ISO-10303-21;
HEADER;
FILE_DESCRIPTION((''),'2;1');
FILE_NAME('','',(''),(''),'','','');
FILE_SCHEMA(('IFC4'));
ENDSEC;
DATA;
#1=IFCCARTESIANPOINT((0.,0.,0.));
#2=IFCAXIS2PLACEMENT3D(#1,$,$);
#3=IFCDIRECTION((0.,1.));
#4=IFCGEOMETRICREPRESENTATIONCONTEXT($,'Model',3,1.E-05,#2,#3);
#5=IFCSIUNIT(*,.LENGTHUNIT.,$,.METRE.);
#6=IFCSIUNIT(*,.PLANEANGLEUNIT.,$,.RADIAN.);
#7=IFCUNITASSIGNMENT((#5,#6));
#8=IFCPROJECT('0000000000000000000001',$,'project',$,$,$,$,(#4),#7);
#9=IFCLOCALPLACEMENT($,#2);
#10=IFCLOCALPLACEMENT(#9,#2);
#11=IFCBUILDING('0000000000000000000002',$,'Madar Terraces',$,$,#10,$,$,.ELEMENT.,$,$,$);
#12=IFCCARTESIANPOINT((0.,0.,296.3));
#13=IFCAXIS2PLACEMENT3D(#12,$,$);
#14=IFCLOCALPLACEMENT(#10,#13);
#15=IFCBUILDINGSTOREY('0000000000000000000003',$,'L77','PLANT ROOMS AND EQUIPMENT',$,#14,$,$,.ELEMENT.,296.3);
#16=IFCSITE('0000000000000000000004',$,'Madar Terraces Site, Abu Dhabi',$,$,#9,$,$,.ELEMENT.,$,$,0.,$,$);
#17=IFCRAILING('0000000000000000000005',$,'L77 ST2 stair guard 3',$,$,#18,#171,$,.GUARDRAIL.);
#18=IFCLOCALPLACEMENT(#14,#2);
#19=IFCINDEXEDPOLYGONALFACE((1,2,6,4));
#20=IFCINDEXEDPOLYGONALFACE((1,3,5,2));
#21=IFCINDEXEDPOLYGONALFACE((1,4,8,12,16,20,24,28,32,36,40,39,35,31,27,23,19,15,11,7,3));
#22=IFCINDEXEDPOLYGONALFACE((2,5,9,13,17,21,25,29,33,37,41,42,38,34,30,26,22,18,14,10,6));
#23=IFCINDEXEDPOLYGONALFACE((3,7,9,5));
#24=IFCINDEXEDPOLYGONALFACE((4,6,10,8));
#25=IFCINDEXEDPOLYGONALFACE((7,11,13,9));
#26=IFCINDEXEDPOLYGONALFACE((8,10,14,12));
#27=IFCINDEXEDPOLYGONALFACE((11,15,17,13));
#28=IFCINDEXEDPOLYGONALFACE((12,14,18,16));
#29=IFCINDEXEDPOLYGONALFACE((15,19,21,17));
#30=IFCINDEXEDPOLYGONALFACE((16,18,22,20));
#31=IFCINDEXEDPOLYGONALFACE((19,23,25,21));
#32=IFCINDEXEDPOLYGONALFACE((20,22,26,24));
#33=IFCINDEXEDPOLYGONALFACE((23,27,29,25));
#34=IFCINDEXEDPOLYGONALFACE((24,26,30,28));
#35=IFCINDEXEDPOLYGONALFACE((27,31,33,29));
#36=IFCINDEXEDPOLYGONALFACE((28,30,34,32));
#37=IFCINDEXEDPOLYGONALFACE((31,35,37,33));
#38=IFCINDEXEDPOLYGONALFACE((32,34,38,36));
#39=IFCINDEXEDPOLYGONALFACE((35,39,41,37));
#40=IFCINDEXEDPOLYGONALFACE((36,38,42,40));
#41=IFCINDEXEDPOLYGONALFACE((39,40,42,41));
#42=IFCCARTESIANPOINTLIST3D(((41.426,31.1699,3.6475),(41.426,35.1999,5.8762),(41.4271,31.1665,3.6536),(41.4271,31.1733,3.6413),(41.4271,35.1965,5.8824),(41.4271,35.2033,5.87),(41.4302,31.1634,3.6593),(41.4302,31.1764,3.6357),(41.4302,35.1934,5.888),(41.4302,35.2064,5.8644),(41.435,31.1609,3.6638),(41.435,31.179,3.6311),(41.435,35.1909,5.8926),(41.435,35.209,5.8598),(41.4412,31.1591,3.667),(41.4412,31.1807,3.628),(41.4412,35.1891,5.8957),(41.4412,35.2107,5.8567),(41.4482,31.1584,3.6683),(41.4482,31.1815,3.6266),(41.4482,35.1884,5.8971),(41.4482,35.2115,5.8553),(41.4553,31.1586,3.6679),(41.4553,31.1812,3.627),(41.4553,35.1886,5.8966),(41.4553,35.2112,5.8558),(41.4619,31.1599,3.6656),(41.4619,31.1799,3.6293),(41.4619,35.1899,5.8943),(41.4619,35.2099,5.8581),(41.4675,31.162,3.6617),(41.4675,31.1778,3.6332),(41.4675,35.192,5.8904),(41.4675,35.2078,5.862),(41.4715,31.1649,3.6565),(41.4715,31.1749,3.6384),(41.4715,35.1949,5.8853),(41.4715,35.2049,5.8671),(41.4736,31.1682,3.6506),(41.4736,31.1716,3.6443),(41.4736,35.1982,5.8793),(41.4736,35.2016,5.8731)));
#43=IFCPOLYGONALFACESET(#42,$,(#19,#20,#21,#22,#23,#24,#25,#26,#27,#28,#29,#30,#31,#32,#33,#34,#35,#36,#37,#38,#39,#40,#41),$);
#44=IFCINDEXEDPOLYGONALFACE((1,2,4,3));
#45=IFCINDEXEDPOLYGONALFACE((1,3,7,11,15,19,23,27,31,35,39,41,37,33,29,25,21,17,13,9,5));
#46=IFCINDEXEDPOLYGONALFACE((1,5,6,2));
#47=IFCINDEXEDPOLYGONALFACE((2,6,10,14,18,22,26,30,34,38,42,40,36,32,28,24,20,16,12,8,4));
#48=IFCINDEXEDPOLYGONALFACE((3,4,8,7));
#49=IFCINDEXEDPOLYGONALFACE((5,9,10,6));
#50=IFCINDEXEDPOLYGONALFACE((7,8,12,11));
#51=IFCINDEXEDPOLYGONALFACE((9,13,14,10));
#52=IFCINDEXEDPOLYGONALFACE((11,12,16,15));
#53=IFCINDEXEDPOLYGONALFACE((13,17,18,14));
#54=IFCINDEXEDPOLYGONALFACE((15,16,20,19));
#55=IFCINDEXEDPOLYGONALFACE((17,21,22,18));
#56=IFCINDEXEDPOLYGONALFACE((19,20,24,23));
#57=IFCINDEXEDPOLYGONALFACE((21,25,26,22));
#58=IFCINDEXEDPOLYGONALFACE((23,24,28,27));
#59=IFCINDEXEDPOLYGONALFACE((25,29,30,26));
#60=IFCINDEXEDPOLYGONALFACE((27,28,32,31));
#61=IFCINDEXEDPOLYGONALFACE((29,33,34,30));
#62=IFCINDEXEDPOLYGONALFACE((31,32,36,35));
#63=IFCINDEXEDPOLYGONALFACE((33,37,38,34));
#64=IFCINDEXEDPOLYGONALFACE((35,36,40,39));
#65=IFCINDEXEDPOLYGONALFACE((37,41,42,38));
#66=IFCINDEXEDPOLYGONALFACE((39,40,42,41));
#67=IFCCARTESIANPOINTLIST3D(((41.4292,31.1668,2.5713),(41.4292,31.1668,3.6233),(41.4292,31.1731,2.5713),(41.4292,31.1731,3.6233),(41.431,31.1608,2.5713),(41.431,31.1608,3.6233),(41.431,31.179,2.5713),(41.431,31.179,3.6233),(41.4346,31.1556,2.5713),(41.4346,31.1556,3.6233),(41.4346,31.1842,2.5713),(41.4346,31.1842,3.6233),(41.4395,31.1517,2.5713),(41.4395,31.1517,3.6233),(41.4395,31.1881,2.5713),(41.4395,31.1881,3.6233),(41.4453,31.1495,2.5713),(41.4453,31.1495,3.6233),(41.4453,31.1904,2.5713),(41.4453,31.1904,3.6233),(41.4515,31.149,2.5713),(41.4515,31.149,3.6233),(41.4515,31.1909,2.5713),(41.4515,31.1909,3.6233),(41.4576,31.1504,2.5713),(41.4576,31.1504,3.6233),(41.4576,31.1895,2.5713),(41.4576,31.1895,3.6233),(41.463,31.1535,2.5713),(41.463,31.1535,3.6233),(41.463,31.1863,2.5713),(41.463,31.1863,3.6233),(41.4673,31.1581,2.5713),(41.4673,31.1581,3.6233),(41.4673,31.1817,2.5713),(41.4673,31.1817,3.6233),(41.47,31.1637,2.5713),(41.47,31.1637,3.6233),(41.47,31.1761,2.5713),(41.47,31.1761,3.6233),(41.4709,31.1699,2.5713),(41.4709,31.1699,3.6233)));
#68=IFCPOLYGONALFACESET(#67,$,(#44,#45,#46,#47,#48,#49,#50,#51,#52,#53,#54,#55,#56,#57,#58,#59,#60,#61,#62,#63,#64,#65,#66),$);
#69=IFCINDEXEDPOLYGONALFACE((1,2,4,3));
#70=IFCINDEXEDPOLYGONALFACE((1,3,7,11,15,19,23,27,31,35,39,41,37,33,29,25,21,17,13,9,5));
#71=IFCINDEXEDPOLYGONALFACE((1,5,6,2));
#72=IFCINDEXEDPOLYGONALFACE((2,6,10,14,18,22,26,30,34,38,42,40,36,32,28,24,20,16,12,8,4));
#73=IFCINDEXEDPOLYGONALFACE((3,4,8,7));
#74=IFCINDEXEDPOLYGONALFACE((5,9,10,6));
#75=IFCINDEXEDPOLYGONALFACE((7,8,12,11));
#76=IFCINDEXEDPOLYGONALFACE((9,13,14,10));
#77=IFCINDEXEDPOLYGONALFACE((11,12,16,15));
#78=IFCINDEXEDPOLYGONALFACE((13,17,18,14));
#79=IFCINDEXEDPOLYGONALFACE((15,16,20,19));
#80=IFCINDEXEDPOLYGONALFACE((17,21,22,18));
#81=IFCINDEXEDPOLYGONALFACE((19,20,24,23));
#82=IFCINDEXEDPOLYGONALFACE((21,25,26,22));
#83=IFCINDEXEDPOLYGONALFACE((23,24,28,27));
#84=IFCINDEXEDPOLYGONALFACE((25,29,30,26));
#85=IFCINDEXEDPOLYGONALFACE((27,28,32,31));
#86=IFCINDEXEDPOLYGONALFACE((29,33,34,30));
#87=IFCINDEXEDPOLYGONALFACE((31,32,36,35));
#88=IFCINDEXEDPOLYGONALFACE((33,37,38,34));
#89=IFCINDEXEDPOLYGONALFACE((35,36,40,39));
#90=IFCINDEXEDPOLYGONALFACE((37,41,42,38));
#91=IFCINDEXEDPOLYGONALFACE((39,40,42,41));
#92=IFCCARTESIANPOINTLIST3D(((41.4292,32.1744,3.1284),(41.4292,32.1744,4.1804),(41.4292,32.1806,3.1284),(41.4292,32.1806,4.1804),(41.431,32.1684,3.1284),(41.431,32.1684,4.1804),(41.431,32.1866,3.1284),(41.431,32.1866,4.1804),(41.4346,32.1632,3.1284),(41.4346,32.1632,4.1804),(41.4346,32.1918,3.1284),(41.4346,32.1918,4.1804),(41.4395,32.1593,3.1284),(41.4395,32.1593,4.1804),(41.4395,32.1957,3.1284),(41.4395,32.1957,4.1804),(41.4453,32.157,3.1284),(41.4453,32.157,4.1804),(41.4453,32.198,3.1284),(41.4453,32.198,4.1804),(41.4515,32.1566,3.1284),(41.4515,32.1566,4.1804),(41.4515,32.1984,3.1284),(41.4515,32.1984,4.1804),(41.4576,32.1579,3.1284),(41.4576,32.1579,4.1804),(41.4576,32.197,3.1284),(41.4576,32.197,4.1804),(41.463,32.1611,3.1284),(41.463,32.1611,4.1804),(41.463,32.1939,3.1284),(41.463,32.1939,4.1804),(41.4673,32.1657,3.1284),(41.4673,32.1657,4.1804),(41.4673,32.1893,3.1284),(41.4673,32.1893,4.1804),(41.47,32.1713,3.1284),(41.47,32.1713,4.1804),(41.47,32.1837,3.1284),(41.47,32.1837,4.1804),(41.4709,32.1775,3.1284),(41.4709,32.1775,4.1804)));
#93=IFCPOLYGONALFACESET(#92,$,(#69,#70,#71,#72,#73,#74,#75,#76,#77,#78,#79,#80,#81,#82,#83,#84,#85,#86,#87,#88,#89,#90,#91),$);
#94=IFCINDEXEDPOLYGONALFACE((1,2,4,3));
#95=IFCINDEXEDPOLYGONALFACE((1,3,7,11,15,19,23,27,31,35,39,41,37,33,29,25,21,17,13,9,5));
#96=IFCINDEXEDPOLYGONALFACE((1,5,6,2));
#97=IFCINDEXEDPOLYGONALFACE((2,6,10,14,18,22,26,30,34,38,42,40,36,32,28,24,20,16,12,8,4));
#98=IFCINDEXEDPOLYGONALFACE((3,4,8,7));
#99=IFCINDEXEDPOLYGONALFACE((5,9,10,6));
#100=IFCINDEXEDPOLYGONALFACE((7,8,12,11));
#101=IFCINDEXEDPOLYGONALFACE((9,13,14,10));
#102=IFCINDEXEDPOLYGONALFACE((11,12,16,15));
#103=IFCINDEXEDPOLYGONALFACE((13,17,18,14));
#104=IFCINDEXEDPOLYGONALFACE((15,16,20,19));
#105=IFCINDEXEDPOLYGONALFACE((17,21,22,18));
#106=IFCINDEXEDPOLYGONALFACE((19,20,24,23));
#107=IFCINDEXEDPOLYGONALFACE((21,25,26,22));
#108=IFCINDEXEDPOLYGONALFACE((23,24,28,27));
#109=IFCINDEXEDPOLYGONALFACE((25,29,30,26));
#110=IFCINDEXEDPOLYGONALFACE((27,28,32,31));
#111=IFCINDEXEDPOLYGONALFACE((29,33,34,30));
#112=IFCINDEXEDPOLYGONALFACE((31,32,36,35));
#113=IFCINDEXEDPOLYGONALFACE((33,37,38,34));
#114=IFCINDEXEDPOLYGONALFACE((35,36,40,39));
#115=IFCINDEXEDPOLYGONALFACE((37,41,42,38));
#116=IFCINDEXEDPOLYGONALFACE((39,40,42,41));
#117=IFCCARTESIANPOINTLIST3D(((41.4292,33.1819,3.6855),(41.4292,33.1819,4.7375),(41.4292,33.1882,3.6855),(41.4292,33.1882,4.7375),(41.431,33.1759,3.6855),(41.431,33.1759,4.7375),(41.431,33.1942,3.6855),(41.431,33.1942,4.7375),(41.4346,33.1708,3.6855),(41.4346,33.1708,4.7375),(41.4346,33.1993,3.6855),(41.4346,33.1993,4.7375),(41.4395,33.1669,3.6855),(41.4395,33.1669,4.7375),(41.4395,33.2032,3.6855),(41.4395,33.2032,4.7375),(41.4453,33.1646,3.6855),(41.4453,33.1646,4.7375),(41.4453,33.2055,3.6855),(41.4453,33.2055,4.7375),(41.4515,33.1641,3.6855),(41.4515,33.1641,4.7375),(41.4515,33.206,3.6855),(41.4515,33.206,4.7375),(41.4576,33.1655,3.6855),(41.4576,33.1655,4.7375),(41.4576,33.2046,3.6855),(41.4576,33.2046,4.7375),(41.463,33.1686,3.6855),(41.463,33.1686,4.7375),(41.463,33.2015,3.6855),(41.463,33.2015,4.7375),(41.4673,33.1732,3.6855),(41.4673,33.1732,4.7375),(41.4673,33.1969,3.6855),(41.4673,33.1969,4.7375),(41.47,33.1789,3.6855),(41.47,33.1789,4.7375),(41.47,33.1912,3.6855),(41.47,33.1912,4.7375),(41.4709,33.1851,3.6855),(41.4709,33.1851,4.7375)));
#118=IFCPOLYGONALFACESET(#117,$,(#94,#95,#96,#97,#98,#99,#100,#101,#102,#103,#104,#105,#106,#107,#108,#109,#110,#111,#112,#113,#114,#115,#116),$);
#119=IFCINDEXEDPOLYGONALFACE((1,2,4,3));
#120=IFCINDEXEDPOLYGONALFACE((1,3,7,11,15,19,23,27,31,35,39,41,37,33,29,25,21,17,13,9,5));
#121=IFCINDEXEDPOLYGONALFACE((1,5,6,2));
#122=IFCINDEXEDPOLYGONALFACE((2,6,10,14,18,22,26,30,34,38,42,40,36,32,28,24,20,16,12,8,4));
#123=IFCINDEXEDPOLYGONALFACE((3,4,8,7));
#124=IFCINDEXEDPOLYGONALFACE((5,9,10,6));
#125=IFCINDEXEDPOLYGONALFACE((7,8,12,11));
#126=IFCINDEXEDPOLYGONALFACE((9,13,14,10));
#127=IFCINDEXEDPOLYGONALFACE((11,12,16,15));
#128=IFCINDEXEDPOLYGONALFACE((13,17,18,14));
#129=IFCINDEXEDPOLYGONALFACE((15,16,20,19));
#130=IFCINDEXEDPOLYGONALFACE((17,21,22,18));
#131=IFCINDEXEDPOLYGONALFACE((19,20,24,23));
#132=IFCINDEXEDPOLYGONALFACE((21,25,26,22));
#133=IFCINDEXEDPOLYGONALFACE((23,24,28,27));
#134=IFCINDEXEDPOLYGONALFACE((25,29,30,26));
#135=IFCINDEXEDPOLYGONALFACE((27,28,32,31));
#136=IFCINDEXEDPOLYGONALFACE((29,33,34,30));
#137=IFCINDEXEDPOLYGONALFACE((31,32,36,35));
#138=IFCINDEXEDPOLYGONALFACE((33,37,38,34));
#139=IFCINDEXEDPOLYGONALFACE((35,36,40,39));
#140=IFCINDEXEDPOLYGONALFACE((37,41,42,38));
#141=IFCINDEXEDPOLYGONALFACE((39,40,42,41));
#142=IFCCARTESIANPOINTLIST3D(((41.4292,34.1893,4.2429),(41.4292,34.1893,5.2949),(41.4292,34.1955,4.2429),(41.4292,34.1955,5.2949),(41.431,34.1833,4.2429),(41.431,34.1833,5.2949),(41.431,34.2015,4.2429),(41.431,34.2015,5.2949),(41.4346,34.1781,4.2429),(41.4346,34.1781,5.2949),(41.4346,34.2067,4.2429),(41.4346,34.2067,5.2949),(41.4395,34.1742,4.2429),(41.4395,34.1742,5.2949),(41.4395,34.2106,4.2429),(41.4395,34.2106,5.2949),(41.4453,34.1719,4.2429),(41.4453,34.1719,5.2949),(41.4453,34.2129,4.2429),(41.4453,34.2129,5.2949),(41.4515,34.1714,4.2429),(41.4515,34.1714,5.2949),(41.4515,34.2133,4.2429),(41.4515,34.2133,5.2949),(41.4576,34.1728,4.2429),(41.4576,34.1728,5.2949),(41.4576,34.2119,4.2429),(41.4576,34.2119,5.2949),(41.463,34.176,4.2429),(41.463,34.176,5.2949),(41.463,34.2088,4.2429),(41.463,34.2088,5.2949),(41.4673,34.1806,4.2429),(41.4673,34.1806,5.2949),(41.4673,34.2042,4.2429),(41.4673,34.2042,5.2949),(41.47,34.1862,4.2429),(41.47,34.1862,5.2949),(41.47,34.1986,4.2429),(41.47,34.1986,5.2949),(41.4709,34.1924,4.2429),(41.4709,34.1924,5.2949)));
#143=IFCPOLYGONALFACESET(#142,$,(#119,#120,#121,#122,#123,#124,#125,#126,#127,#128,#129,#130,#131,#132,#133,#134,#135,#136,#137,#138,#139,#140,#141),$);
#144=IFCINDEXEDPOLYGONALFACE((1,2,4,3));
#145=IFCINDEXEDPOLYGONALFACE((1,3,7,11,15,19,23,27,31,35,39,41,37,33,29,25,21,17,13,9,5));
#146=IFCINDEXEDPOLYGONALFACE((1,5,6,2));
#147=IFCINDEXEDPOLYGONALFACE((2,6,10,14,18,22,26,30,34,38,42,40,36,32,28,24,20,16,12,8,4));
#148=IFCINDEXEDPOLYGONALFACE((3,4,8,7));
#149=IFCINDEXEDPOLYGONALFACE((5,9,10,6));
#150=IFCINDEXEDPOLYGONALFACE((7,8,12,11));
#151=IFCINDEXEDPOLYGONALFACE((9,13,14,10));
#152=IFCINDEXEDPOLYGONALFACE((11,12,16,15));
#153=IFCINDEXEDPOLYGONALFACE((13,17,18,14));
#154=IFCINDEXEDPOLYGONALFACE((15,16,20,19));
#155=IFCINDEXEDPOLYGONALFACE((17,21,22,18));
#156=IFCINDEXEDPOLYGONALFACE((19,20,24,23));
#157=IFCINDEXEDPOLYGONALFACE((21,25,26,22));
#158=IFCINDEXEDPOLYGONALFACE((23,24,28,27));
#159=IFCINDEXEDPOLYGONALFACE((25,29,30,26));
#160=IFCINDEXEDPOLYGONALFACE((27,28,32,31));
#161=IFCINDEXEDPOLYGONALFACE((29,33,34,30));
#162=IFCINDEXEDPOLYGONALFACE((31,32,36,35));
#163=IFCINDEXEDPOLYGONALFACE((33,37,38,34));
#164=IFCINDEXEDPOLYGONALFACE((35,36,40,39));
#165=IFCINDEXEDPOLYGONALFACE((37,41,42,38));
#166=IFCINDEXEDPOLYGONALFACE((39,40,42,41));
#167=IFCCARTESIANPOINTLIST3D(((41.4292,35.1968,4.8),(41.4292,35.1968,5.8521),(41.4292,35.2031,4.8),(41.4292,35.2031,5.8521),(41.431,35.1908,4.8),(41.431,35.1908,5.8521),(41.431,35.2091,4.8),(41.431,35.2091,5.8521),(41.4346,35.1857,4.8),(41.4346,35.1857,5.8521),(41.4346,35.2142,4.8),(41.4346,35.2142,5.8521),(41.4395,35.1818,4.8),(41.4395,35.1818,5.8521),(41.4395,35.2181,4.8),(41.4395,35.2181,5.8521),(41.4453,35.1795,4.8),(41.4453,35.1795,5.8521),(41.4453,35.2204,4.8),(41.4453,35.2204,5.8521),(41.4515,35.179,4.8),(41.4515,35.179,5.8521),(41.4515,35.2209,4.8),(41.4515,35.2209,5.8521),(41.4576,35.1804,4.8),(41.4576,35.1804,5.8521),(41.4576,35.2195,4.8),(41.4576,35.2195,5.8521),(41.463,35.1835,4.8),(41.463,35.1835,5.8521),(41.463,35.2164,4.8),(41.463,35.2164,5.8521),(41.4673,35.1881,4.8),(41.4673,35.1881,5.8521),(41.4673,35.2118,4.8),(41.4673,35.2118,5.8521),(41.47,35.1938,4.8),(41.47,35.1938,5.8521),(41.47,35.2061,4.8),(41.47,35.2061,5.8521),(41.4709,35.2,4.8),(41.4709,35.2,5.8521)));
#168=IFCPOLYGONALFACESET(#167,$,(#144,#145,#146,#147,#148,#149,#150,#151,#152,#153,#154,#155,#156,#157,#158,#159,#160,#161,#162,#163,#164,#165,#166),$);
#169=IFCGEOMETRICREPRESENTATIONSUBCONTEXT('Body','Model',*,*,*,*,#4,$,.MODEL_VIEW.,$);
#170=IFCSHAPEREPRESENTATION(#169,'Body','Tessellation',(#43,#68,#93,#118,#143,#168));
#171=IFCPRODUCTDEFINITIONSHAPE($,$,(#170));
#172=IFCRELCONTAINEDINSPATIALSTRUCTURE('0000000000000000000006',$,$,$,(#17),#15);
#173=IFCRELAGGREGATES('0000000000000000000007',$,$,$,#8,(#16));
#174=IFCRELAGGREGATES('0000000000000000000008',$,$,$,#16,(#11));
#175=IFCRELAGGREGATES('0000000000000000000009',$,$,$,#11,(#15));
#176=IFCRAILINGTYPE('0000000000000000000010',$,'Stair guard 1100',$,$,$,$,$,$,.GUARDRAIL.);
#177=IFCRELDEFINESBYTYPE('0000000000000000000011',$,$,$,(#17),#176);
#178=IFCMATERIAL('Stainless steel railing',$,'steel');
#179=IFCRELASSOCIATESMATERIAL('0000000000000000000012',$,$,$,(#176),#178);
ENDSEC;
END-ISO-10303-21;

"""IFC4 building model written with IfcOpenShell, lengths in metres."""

from ifc_helpers import new_model, si_unit, direction, frame, origin, origin_2d, place, context, subcontext, project, spatial, circle, extrude, material, type_object, element, save


model = new_model("IFC4")

# Units and contexts
model_context = context("Model", 3, precision=1e-05, world=origin(), true_north=direction((0.0, 1.0)))
body_context = subcontext(model_context, "Body", "Model", "MODEL_VIEW")
ifc_project = project(units=[si_unit("LENGTHUNIT", "METRE"), si_unit("PLANEANGLEUNIT", "RADIAN")], contexts=[model_context])

# Site, building, storey
site_placement = place(None, origin())
site = spatial("IfcSite", under=ifc_project, at=site_placement, Name="Madar Terraces Site, Abu Dhabi", CompositionType="ELEMENT", RefElevation=0.0)
building_placement = place(site_placement, origin())
building = spatial("IfcBuilding", under=site, at=building_placement, Name="Madar Terraces", CompositionType="ELEMENT")
storey_placement = place(building_placement, frame((0.0, 0.0, 296.3)))
storey = spatial("IfcBuildingStorey", under=building, at=storey_placement, Name="L77", Description="PLANT ROOMS AND EQUIPMENT", CompositionType="ELEMENT", Elevation=296.3)

# Railing
ifc_material_1 = material(Name="Stainless steel railing", Category="steel")
railing_type_1 = type_object("IfcRailingType", Name="Stair guard 1100", PredefinedType="GUARDRAIL", material=ifc_material_1)
railing_1_placement = place(storey_placement, frame((41.45, 31.1699, 2.5713)))
element("IfcRailing", 1, at=railing_1_placement, inside=storey, type_object=railing_type_1, Name="L77 ST2 stair guard 3", PredefinedType="GUARDRAIL", context=body_context, shape_type="SweptSolid", body=[
    extrude(circle(Radius=0.0239, at=origin_2d()), frame((0.0, 0.0, 1.0762), z_axis=(0.0, 0.875091, 0.483959), x_axis=(-1.0, 0.0, 0.0)), (0.0, 0.0, 1.0), 4.6052),
    extrude(circle(Radius=0.021, at=origin_2d()), origin(), (0.0, 0.0, 1.0), 1.052),
    extrude(circle(Radius=0.021, at=origin_2d()), frame((0.0, 1.0076, 0.5571)), (0.0, 0.0, 1.0), 1.052),
    extrude(circle(Radius=0.021, at=origin_2d()), frame((0.0, 2.0151, 1.1143)), (0.0, 0.0, 1.0), 1.052),
    extrude(circle(Radius=0.021, at=origin_2d()), frame((0.0, 3.0225, 1.6716)), (0.0, 0.0, 1.0), 1.052),
    extrude(circle(Radius=0.021, at=origin_2d()), frame((0.0, 4.03, 2.2288)), (0.0, 0.0, 1.0), 1.052),
])

save(model, "model.ifc")
